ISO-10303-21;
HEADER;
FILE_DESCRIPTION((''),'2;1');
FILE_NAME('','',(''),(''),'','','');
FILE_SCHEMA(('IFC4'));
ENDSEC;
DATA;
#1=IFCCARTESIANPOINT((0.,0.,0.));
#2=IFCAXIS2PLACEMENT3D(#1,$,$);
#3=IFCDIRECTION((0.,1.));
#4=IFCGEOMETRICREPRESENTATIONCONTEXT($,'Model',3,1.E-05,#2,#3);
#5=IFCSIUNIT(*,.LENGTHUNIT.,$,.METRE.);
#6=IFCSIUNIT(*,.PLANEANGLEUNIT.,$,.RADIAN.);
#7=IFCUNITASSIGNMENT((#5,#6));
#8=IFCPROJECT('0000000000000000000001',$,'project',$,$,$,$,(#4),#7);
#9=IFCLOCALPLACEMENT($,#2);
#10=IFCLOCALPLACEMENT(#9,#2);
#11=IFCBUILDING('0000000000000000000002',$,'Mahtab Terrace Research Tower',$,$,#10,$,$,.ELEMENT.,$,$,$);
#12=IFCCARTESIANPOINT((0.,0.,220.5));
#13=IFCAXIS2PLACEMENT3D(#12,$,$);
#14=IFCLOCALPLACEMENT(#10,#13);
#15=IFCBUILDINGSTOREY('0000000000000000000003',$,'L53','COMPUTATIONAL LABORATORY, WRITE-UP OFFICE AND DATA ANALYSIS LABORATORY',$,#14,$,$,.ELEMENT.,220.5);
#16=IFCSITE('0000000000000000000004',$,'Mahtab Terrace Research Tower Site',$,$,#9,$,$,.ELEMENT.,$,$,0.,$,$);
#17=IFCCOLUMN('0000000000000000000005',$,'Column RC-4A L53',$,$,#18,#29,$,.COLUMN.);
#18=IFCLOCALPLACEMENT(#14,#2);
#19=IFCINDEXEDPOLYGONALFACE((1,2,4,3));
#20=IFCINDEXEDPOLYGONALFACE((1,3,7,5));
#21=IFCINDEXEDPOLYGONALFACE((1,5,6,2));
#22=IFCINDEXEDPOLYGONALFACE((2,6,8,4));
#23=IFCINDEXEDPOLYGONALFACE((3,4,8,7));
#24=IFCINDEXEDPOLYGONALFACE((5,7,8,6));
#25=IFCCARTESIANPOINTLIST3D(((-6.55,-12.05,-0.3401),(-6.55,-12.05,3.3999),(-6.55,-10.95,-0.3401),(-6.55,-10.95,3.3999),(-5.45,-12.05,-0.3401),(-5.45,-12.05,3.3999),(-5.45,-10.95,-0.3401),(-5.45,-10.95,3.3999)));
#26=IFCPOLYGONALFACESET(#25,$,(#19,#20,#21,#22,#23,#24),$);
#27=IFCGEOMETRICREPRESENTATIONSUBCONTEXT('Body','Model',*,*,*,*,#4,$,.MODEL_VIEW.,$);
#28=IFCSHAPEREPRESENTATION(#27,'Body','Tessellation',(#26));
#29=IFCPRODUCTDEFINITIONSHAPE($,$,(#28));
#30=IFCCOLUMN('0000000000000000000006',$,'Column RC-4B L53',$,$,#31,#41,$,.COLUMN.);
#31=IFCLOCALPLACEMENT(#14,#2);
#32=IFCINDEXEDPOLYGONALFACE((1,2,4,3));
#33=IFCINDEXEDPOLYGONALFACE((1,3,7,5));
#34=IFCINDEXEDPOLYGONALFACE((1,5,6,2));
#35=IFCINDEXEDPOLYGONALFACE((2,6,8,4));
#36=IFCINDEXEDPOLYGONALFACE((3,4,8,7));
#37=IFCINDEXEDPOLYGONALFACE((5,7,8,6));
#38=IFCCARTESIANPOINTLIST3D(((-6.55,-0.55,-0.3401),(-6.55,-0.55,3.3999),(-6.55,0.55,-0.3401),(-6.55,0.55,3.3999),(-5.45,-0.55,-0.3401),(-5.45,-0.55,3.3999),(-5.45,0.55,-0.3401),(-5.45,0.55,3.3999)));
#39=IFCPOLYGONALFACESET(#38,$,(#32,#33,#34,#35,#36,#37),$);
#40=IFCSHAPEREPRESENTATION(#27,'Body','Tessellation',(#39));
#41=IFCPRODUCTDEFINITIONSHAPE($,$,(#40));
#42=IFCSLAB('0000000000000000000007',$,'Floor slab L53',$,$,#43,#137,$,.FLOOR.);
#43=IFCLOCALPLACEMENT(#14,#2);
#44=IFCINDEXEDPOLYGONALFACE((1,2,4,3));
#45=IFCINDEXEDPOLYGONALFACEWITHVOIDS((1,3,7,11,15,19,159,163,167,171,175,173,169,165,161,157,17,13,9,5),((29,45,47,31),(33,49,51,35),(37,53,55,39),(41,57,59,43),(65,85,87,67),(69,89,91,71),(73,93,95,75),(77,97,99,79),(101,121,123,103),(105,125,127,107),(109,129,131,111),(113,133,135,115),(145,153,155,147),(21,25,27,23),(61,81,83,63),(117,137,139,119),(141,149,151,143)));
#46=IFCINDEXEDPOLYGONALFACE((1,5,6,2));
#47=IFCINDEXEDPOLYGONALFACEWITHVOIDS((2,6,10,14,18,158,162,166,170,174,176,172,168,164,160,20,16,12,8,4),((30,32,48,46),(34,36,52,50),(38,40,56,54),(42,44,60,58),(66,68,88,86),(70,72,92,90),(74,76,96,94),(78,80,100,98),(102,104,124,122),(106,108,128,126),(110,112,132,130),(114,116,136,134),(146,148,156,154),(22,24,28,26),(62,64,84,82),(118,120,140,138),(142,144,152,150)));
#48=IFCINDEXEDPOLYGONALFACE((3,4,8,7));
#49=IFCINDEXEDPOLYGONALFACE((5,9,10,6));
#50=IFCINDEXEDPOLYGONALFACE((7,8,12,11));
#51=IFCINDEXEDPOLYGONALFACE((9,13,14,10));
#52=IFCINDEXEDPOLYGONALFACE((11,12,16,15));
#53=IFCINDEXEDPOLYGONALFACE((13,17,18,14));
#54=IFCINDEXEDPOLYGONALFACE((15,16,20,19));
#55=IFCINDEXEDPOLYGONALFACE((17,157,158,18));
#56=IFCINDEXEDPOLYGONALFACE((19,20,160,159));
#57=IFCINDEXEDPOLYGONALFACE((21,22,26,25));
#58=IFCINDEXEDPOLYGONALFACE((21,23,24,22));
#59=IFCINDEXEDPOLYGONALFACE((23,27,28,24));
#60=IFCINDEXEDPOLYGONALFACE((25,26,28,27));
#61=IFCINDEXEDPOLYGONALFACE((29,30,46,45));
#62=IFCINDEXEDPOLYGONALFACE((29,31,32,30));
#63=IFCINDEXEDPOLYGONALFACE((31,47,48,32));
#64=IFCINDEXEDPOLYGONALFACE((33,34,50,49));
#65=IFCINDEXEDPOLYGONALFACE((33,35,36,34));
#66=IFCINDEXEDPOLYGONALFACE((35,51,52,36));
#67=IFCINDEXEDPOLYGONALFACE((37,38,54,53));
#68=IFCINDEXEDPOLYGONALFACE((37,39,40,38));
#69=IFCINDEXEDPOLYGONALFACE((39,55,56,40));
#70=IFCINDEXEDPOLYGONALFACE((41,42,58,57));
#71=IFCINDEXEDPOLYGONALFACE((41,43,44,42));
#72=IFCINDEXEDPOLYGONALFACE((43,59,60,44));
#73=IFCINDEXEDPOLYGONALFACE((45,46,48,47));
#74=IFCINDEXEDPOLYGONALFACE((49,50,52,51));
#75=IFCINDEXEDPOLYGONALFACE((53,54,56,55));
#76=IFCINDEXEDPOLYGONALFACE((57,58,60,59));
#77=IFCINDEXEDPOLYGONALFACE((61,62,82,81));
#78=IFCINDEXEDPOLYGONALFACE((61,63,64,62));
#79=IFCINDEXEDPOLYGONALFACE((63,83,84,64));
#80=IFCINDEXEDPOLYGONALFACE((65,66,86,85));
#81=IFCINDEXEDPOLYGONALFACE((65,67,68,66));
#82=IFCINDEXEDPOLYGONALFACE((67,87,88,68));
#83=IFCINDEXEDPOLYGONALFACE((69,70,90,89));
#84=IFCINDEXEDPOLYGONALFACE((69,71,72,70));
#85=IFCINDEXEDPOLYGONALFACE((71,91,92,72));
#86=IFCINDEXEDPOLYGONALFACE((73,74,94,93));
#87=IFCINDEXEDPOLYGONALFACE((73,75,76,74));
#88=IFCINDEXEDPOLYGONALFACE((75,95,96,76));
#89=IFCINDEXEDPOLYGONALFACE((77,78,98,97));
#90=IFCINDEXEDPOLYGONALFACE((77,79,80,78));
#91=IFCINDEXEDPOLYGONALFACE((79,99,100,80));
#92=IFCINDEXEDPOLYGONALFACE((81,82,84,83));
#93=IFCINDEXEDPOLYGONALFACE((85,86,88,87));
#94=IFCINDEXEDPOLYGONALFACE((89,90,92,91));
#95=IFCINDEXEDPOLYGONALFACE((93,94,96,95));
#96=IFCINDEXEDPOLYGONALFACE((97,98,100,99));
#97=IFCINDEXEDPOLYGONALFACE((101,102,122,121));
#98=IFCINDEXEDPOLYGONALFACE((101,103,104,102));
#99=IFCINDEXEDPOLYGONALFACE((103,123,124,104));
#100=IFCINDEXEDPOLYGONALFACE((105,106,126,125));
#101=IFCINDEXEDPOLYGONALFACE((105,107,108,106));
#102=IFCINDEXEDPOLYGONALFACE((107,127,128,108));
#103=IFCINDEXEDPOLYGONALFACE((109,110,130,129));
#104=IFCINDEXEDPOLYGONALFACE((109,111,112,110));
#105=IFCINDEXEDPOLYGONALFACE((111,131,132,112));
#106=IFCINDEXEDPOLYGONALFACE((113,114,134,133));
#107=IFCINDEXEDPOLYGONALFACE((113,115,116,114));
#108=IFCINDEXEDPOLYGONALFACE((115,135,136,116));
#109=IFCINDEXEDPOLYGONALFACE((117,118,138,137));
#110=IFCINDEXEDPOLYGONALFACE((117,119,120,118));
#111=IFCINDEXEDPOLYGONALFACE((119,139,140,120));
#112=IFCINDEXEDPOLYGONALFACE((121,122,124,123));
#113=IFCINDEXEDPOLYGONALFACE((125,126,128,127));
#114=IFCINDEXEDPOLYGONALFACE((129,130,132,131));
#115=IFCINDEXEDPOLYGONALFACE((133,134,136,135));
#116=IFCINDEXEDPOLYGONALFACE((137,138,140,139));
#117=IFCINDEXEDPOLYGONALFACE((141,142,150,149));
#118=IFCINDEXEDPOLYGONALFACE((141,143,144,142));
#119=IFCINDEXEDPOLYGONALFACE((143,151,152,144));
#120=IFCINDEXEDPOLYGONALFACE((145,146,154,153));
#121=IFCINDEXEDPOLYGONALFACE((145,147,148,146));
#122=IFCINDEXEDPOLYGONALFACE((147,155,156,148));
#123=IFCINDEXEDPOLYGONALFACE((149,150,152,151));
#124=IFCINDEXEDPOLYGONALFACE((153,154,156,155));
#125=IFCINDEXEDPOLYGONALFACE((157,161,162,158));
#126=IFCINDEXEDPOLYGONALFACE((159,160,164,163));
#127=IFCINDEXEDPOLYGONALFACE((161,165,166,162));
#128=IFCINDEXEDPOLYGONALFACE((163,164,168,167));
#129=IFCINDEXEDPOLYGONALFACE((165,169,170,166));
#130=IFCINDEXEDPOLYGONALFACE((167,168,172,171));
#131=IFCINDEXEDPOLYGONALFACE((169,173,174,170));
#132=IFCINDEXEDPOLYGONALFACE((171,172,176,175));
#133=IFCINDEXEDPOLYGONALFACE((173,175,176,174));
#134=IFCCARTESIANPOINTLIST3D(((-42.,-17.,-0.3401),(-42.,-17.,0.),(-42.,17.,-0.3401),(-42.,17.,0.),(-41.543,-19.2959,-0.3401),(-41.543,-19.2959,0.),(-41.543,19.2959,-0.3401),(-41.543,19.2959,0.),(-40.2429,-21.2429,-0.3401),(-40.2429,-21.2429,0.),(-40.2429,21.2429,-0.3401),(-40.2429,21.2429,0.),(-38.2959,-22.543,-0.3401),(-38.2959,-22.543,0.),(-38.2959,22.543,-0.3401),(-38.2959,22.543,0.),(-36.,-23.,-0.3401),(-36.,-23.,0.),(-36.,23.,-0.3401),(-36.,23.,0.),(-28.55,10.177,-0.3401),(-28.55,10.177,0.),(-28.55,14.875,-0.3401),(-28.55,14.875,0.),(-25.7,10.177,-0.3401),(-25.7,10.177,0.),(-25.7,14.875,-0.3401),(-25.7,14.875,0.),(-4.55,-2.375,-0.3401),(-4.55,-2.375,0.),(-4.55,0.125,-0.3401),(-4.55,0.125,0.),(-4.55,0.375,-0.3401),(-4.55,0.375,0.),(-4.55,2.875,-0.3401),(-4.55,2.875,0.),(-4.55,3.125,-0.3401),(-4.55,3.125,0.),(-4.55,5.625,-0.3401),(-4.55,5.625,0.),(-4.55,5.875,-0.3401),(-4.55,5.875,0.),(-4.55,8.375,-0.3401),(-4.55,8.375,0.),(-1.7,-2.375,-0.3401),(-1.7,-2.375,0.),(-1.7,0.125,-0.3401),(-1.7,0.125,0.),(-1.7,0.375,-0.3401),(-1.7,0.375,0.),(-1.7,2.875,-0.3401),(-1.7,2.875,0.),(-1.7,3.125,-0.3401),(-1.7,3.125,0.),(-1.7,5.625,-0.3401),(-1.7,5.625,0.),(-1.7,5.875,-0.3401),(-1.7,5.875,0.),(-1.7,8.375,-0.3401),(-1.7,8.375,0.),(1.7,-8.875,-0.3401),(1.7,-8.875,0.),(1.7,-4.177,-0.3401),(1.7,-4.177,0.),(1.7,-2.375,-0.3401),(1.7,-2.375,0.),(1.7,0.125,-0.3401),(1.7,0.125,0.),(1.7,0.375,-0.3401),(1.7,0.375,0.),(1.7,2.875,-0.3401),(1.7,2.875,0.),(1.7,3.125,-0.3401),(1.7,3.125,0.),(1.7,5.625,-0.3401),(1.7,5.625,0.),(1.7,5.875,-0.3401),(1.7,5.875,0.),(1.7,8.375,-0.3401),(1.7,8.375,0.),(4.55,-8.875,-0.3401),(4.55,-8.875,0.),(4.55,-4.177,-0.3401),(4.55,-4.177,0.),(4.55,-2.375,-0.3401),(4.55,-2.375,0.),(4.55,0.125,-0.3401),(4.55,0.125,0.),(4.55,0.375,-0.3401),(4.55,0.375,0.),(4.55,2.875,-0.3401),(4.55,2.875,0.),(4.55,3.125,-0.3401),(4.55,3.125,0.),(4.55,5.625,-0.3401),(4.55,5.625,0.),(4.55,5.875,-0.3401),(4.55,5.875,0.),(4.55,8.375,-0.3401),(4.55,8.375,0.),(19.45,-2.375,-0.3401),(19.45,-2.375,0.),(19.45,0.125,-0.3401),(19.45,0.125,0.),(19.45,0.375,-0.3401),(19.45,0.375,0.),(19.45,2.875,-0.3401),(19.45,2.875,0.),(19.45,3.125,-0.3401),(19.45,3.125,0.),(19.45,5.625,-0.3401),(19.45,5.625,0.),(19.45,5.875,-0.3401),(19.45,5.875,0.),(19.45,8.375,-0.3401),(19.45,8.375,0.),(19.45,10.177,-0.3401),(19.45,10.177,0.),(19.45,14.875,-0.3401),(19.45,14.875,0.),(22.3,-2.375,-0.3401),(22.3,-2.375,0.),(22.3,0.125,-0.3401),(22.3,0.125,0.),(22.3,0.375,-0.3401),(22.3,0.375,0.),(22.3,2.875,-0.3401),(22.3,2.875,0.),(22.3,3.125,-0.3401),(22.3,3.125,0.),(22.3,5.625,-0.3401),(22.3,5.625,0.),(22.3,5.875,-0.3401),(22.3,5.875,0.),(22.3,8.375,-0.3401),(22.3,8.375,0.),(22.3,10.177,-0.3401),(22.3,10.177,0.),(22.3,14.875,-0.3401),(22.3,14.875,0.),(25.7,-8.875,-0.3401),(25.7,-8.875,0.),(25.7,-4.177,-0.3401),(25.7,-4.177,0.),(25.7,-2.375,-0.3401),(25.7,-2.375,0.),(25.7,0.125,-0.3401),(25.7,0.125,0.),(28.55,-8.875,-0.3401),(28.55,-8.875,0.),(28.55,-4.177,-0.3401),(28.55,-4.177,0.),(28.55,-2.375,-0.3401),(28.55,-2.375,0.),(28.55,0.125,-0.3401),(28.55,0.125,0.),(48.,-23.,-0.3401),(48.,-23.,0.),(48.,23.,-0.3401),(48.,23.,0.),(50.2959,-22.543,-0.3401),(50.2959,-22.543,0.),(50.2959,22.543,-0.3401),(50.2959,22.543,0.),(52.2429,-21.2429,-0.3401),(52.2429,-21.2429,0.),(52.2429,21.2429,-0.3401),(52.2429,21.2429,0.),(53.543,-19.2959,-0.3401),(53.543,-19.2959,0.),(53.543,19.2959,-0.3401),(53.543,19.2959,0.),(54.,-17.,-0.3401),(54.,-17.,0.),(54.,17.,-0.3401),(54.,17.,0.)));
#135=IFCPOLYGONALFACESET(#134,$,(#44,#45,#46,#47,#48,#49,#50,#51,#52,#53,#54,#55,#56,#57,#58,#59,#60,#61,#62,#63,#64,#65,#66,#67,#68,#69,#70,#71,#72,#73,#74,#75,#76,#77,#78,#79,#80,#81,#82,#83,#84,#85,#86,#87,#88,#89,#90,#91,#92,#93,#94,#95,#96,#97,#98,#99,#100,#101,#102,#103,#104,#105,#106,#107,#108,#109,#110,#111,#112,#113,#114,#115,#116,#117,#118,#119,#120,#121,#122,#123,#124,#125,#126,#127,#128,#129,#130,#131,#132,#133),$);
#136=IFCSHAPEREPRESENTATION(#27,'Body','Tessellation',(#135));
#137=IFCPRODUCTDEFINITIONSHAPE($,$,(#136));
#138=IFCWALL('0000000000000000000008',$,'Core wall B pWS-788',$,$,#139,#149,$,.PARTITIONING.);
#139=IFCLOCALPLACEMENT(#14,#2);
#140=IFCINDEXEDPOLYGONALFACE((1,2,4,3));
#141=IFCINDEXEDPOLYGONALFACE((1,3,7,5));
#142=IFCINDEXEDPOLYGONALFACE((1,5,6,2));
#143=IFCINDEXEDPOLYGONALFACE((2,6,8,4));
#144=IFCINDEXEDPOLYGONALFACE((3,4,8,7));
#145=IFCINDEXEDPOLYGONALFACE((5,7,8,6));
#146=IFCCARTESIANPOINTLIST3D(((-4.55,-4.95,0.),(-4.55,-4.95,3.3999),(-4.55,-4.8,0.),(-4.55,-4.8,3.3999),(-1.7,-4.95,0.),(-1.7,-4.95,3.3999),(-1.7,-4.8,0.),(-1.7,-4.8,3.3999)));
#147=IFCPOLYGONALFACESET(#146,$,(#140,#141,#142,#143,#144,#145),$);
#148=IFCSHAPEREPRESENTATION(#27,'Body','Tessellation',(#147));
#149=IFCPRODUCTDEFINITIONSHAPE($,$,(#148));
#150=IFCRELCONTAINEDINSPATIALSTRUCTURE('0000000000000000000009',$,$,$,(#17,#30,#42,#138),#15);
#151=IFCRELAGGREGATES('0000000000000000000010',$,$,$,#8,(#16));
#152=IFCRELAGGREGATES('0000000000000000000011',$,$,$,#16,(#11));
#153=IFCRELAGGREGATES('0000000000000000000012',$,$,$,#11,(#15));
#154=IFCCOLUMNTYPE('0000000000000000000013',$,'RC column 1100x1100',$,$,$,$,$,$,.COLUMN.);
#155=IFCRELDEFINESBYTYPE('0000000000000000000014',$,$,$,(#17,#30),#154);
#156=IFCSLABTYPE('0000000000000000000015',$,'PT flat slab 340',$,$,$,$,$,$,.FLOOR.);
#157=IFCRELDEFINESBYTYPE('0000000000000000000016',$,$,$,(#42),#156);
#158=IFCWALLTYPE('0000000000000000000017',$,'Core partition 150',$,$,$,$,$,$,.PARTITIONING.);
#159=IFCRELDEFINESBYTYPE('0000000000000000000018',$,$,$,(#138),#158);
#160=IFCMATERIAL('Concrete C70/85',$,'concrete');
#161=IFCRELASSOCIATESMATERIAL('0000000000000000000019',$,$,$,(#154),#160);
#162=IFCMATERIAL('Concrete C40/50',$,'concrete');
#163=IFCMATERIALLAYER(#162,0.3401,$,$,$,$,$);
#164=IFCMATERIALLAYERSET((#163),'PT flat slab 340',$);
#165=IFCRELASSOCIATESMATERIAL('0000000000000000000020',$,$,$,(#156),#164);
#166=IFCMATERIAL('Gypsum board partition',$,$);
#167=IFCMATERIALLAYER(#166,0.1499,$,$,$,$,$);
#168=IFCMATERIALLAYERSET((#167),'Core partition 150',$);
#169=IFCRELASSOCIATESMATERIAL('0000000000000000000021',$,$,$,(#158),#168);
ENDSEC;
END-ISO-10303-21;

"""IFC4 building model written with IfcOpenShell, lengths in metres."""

from ifc_helpers import new_model, si_unit, direction, frame, frame_2d, origin, origin_2d, place, context, subcontext, project, spatial, polyline, rectangle, outline, extrude, material, layer, layer_set, material_profile, profile_set, type_object, element, save


model = new_model("IFC4")

# Units and contexts
model_context = context("Model", 3, precision=1e-05, world=origin(), true_north=direction((0.0, 1.0)))
body_context = subcontext(model_context, "Body", "Model", "MODEL_VIEW")
ifc_project = project(units=[si_unit("LENGTHUNIT", "METRE"), si_unit("PLANEANGLEUNIT", "RADIAN")], contexts=[model_context])

# Site, building, storey
site_placement = place(None, origin())
site = spatial("IfcSite", under=ifc_project, at=site_placement, Name="Mahtab Terrace Research Tower Site", CompositionType="ELEMENT", RefElevation=0.0)
building_placement = place(site_placement, origin())
building = spatial("IfcBuilding", under=site, at=building_placement, Name="Mahtab Terrace Research Tower", CompositionType="ELEMENT")
storey_placement = place(building_placement, frame((0.0, 0.0, 220.5)))
storey = spatial("IfcBuildingStorey", under=building, at=storey_placement, Name="L53", Description="COMPUTATIONAL LABORATORY, WRITE-UP OFFICE AND DATA ANALYSIS LABORATORY", CompositionType="ELEMENT", Elevation=220.5)

# Columns
ifc_material_1 = material(Name="Concrete C70/85", Category="concrete")
ifc_material_profile = material_profile(ifc_material_1, rectangle(XDim=1.1001, YDim=1.1001, at=origin_2d()), Name="RC column 1100x1100")
ifc_profile_set = profile_set([ifc_material_profile], Name="Concrete C70/85")
column_type = type_object("IfcColumnType", Name="RC column 1100x1100", PredefinedType="COLUMN", material=ifc_profile_set)
for number, where, z_axis, x_axis, name in (
    (1, (-6.0, -11.5, -0.3401), (0.0, 0.0, 1.0), (1.0, 0.0, 0.0), "Column RC-4A L53"),
    (2, (-6.0, 0.0, -0.3401), (0.0, 0.0, 1.0), (1.0, 0.0, 0.0), "Column RC-4B L53"),
):
    element("IfcColumn", number, at=place(storey_placement, frame(where, z_axis=z_axis, x_axis=x_axis)), inside=storey, type_object=column_type, Name=name, PredefinedType="COLUMN", context=body_context, shape_type="SweptSolid", body=[
        extrude(rectangle(XDim=1.1001, YDim=1.1001, at=origin_2d()), origin(), (0.0, 0.0, 1.0), 3.74),
    ])

# Slab
ifc_material_2 = material(Name="Concrete C40/50", Category="concrete")
ifc_layer_1 = layer(ifc_material_2, 0.3401)
ifc_layer_set_1 = layer_set([ifc_layer_1], Name="PT flat slab 340")
slab_type = type_object("IfcSlabType", Name="PT flat slab 340", PredefinedType="FLOOR", material=ifc_layer_set_1)
slab_placement = place(storey_placement, frame((0.0, 0.0, -0.3401)))
element("IfcSlab", 3, at=slab_placement, inside=storey, type_object=slab_type, Name="Floor slab L53", PredefinedType="FLOOR", context=body_context, shape_type="SweptSolid", body=[
    extrude(outline(polyline([(53.543, 19.2959), (52.2429, 21.2429), (50.2959, 22.543), (48.0, 23.0), (-36.0, 23.0), (-38.2959, 22.543), (-40.2429, 21.2429), (-41.543, 19.2959), (-42.0, 17.0), (-42.0, -17.0), (-41.543, -19.2959), (-40.2429, -21.2429), (-38.2959, -22.543), (-36.0, -23.0), (48.0, -23.0), (50.2959, -22.543), (52.2429, -21.2429), (53.543, -19.2959), (54.0, -17.0), (54.0, 17.0), (53.543, 19.2959)]), holes=[polyline([(-4.55, -2.375), (-4.55, 0.125), (-1.7, 0.125), (-1.7, -2.375), (-4.55, -2.375)]), polyline([(1.7, -2.375), (1.7, 0.125), (4.55, 0.125), (4.55, -2.375), (1.7, -2.375)]), polyline([(-4.55, 0.375), (-4.55, 2.875), (-1.7, 2.875), (-1.7, 0.375), (-4.55, 0.375)]), polyline([(1.7, 0.375), (1.7, 2.875), (4.55, 2.875), (4.55, 0.375), (1.7, 0.375)]), polyline([(-4.55, 3.125), (-4.55, 5.625), (-1.7, 5.625), (-1.7, 3.125), (-4.55, 3.125)]), polyline([(1.7, 3.125), (1.7, 5.625), (4.55, 5.625), (4.55, 3.125), (1.7, 3.125)]), polyline([(-4.55, 5.875), (-4.55, 8.375), (-1.7, 8.375), (-1.7, 5.875), (-4.55, 5.875)]), polyline([(1.7, 5.875), (1.7, 8.375), (4.55, 8.375), (4.55, 5.875), (1.7, 5.875)]), polyline([(-28.55, 10.177), (-28.55, 14.875), (-25.7, 14.875), (-25.7, 10.177), (-28.55, 10.177)]), polyline([(1.7, -8.875), (1.7, -4.177), (4.55, -4.177), (4.55, -8.875), (1.7, -8.875)]), polyline([(25.7, -8.875), (25.7, -4.177), (28.55, -4.177), (28.55, -8.875), (25.7, -8.875)]), polyline([(19.45, -2.375), (19.45, 0.125), (22.3, 0.125), (22.3, -2.375), (19.45, -2.375)]), polyline([(25.7, -2.375), (25.7, 0.125), (28.55, 0.125), (28.55, -2.375), (25.7, -2.375)]), polyline([(19.45, 0.375), (19.45, 2.875), (22.3, 2.875), (22.3, 0.375), (19.45, 0.375)]), polyline([(19.45, 3.125), (19.45, 5.625), (22.3, 5.625), (22.3, 3.125), (19.45, 3.125)]), polyline([(19.45, 8.375), (22.3, 8.375), (22.3, 5.875), (19.45, 5.875), (19.45, 8.375)]), polyline([(19.45, 14.875), (22.3, 14.875), (22.3, 10.177), (19.45, 10.177), (19.45, 14.875)])]), origin(), (0.0, 0.0, 1.0), 0.3401),
])

# Wall
ifc_material_3 = material(Name="Gypsum board partition")
ifc_layer_2 = layer(ifc_material_3, 0.1499)
ifc_layer_set_2 = layer_set([ifc_layer_2], Name="Core partition 150")
wall_type_1 = type_object("IfcWallType", Name="Core partition 150", PredefinedType="PARTITIONING", material=ifc_layer_set_2)
wall_1_placement = place(storey_placement, frame((-4.55, -4.875, 0.0), z_axis=(0.0, 0.0, 1.0), x_axis=(1.0, 0.0, 0.0)))
element("IfcWall", 4, at=wall_1_placement, inside=storey, type_object=wall_type_1, Name="Core wall B pWS-788", PredefinedType="PARTITIONING", context=body_context, shape_type="SweptSolid", body=[
    extrude(rectangle(XDim=2.8501, YDim=0.1499, at=frame_2d((1.425, 0.0))), origin(), (0.0, 0.0, 1.0), 3.3999),
])

save(model, "model.ifc")
